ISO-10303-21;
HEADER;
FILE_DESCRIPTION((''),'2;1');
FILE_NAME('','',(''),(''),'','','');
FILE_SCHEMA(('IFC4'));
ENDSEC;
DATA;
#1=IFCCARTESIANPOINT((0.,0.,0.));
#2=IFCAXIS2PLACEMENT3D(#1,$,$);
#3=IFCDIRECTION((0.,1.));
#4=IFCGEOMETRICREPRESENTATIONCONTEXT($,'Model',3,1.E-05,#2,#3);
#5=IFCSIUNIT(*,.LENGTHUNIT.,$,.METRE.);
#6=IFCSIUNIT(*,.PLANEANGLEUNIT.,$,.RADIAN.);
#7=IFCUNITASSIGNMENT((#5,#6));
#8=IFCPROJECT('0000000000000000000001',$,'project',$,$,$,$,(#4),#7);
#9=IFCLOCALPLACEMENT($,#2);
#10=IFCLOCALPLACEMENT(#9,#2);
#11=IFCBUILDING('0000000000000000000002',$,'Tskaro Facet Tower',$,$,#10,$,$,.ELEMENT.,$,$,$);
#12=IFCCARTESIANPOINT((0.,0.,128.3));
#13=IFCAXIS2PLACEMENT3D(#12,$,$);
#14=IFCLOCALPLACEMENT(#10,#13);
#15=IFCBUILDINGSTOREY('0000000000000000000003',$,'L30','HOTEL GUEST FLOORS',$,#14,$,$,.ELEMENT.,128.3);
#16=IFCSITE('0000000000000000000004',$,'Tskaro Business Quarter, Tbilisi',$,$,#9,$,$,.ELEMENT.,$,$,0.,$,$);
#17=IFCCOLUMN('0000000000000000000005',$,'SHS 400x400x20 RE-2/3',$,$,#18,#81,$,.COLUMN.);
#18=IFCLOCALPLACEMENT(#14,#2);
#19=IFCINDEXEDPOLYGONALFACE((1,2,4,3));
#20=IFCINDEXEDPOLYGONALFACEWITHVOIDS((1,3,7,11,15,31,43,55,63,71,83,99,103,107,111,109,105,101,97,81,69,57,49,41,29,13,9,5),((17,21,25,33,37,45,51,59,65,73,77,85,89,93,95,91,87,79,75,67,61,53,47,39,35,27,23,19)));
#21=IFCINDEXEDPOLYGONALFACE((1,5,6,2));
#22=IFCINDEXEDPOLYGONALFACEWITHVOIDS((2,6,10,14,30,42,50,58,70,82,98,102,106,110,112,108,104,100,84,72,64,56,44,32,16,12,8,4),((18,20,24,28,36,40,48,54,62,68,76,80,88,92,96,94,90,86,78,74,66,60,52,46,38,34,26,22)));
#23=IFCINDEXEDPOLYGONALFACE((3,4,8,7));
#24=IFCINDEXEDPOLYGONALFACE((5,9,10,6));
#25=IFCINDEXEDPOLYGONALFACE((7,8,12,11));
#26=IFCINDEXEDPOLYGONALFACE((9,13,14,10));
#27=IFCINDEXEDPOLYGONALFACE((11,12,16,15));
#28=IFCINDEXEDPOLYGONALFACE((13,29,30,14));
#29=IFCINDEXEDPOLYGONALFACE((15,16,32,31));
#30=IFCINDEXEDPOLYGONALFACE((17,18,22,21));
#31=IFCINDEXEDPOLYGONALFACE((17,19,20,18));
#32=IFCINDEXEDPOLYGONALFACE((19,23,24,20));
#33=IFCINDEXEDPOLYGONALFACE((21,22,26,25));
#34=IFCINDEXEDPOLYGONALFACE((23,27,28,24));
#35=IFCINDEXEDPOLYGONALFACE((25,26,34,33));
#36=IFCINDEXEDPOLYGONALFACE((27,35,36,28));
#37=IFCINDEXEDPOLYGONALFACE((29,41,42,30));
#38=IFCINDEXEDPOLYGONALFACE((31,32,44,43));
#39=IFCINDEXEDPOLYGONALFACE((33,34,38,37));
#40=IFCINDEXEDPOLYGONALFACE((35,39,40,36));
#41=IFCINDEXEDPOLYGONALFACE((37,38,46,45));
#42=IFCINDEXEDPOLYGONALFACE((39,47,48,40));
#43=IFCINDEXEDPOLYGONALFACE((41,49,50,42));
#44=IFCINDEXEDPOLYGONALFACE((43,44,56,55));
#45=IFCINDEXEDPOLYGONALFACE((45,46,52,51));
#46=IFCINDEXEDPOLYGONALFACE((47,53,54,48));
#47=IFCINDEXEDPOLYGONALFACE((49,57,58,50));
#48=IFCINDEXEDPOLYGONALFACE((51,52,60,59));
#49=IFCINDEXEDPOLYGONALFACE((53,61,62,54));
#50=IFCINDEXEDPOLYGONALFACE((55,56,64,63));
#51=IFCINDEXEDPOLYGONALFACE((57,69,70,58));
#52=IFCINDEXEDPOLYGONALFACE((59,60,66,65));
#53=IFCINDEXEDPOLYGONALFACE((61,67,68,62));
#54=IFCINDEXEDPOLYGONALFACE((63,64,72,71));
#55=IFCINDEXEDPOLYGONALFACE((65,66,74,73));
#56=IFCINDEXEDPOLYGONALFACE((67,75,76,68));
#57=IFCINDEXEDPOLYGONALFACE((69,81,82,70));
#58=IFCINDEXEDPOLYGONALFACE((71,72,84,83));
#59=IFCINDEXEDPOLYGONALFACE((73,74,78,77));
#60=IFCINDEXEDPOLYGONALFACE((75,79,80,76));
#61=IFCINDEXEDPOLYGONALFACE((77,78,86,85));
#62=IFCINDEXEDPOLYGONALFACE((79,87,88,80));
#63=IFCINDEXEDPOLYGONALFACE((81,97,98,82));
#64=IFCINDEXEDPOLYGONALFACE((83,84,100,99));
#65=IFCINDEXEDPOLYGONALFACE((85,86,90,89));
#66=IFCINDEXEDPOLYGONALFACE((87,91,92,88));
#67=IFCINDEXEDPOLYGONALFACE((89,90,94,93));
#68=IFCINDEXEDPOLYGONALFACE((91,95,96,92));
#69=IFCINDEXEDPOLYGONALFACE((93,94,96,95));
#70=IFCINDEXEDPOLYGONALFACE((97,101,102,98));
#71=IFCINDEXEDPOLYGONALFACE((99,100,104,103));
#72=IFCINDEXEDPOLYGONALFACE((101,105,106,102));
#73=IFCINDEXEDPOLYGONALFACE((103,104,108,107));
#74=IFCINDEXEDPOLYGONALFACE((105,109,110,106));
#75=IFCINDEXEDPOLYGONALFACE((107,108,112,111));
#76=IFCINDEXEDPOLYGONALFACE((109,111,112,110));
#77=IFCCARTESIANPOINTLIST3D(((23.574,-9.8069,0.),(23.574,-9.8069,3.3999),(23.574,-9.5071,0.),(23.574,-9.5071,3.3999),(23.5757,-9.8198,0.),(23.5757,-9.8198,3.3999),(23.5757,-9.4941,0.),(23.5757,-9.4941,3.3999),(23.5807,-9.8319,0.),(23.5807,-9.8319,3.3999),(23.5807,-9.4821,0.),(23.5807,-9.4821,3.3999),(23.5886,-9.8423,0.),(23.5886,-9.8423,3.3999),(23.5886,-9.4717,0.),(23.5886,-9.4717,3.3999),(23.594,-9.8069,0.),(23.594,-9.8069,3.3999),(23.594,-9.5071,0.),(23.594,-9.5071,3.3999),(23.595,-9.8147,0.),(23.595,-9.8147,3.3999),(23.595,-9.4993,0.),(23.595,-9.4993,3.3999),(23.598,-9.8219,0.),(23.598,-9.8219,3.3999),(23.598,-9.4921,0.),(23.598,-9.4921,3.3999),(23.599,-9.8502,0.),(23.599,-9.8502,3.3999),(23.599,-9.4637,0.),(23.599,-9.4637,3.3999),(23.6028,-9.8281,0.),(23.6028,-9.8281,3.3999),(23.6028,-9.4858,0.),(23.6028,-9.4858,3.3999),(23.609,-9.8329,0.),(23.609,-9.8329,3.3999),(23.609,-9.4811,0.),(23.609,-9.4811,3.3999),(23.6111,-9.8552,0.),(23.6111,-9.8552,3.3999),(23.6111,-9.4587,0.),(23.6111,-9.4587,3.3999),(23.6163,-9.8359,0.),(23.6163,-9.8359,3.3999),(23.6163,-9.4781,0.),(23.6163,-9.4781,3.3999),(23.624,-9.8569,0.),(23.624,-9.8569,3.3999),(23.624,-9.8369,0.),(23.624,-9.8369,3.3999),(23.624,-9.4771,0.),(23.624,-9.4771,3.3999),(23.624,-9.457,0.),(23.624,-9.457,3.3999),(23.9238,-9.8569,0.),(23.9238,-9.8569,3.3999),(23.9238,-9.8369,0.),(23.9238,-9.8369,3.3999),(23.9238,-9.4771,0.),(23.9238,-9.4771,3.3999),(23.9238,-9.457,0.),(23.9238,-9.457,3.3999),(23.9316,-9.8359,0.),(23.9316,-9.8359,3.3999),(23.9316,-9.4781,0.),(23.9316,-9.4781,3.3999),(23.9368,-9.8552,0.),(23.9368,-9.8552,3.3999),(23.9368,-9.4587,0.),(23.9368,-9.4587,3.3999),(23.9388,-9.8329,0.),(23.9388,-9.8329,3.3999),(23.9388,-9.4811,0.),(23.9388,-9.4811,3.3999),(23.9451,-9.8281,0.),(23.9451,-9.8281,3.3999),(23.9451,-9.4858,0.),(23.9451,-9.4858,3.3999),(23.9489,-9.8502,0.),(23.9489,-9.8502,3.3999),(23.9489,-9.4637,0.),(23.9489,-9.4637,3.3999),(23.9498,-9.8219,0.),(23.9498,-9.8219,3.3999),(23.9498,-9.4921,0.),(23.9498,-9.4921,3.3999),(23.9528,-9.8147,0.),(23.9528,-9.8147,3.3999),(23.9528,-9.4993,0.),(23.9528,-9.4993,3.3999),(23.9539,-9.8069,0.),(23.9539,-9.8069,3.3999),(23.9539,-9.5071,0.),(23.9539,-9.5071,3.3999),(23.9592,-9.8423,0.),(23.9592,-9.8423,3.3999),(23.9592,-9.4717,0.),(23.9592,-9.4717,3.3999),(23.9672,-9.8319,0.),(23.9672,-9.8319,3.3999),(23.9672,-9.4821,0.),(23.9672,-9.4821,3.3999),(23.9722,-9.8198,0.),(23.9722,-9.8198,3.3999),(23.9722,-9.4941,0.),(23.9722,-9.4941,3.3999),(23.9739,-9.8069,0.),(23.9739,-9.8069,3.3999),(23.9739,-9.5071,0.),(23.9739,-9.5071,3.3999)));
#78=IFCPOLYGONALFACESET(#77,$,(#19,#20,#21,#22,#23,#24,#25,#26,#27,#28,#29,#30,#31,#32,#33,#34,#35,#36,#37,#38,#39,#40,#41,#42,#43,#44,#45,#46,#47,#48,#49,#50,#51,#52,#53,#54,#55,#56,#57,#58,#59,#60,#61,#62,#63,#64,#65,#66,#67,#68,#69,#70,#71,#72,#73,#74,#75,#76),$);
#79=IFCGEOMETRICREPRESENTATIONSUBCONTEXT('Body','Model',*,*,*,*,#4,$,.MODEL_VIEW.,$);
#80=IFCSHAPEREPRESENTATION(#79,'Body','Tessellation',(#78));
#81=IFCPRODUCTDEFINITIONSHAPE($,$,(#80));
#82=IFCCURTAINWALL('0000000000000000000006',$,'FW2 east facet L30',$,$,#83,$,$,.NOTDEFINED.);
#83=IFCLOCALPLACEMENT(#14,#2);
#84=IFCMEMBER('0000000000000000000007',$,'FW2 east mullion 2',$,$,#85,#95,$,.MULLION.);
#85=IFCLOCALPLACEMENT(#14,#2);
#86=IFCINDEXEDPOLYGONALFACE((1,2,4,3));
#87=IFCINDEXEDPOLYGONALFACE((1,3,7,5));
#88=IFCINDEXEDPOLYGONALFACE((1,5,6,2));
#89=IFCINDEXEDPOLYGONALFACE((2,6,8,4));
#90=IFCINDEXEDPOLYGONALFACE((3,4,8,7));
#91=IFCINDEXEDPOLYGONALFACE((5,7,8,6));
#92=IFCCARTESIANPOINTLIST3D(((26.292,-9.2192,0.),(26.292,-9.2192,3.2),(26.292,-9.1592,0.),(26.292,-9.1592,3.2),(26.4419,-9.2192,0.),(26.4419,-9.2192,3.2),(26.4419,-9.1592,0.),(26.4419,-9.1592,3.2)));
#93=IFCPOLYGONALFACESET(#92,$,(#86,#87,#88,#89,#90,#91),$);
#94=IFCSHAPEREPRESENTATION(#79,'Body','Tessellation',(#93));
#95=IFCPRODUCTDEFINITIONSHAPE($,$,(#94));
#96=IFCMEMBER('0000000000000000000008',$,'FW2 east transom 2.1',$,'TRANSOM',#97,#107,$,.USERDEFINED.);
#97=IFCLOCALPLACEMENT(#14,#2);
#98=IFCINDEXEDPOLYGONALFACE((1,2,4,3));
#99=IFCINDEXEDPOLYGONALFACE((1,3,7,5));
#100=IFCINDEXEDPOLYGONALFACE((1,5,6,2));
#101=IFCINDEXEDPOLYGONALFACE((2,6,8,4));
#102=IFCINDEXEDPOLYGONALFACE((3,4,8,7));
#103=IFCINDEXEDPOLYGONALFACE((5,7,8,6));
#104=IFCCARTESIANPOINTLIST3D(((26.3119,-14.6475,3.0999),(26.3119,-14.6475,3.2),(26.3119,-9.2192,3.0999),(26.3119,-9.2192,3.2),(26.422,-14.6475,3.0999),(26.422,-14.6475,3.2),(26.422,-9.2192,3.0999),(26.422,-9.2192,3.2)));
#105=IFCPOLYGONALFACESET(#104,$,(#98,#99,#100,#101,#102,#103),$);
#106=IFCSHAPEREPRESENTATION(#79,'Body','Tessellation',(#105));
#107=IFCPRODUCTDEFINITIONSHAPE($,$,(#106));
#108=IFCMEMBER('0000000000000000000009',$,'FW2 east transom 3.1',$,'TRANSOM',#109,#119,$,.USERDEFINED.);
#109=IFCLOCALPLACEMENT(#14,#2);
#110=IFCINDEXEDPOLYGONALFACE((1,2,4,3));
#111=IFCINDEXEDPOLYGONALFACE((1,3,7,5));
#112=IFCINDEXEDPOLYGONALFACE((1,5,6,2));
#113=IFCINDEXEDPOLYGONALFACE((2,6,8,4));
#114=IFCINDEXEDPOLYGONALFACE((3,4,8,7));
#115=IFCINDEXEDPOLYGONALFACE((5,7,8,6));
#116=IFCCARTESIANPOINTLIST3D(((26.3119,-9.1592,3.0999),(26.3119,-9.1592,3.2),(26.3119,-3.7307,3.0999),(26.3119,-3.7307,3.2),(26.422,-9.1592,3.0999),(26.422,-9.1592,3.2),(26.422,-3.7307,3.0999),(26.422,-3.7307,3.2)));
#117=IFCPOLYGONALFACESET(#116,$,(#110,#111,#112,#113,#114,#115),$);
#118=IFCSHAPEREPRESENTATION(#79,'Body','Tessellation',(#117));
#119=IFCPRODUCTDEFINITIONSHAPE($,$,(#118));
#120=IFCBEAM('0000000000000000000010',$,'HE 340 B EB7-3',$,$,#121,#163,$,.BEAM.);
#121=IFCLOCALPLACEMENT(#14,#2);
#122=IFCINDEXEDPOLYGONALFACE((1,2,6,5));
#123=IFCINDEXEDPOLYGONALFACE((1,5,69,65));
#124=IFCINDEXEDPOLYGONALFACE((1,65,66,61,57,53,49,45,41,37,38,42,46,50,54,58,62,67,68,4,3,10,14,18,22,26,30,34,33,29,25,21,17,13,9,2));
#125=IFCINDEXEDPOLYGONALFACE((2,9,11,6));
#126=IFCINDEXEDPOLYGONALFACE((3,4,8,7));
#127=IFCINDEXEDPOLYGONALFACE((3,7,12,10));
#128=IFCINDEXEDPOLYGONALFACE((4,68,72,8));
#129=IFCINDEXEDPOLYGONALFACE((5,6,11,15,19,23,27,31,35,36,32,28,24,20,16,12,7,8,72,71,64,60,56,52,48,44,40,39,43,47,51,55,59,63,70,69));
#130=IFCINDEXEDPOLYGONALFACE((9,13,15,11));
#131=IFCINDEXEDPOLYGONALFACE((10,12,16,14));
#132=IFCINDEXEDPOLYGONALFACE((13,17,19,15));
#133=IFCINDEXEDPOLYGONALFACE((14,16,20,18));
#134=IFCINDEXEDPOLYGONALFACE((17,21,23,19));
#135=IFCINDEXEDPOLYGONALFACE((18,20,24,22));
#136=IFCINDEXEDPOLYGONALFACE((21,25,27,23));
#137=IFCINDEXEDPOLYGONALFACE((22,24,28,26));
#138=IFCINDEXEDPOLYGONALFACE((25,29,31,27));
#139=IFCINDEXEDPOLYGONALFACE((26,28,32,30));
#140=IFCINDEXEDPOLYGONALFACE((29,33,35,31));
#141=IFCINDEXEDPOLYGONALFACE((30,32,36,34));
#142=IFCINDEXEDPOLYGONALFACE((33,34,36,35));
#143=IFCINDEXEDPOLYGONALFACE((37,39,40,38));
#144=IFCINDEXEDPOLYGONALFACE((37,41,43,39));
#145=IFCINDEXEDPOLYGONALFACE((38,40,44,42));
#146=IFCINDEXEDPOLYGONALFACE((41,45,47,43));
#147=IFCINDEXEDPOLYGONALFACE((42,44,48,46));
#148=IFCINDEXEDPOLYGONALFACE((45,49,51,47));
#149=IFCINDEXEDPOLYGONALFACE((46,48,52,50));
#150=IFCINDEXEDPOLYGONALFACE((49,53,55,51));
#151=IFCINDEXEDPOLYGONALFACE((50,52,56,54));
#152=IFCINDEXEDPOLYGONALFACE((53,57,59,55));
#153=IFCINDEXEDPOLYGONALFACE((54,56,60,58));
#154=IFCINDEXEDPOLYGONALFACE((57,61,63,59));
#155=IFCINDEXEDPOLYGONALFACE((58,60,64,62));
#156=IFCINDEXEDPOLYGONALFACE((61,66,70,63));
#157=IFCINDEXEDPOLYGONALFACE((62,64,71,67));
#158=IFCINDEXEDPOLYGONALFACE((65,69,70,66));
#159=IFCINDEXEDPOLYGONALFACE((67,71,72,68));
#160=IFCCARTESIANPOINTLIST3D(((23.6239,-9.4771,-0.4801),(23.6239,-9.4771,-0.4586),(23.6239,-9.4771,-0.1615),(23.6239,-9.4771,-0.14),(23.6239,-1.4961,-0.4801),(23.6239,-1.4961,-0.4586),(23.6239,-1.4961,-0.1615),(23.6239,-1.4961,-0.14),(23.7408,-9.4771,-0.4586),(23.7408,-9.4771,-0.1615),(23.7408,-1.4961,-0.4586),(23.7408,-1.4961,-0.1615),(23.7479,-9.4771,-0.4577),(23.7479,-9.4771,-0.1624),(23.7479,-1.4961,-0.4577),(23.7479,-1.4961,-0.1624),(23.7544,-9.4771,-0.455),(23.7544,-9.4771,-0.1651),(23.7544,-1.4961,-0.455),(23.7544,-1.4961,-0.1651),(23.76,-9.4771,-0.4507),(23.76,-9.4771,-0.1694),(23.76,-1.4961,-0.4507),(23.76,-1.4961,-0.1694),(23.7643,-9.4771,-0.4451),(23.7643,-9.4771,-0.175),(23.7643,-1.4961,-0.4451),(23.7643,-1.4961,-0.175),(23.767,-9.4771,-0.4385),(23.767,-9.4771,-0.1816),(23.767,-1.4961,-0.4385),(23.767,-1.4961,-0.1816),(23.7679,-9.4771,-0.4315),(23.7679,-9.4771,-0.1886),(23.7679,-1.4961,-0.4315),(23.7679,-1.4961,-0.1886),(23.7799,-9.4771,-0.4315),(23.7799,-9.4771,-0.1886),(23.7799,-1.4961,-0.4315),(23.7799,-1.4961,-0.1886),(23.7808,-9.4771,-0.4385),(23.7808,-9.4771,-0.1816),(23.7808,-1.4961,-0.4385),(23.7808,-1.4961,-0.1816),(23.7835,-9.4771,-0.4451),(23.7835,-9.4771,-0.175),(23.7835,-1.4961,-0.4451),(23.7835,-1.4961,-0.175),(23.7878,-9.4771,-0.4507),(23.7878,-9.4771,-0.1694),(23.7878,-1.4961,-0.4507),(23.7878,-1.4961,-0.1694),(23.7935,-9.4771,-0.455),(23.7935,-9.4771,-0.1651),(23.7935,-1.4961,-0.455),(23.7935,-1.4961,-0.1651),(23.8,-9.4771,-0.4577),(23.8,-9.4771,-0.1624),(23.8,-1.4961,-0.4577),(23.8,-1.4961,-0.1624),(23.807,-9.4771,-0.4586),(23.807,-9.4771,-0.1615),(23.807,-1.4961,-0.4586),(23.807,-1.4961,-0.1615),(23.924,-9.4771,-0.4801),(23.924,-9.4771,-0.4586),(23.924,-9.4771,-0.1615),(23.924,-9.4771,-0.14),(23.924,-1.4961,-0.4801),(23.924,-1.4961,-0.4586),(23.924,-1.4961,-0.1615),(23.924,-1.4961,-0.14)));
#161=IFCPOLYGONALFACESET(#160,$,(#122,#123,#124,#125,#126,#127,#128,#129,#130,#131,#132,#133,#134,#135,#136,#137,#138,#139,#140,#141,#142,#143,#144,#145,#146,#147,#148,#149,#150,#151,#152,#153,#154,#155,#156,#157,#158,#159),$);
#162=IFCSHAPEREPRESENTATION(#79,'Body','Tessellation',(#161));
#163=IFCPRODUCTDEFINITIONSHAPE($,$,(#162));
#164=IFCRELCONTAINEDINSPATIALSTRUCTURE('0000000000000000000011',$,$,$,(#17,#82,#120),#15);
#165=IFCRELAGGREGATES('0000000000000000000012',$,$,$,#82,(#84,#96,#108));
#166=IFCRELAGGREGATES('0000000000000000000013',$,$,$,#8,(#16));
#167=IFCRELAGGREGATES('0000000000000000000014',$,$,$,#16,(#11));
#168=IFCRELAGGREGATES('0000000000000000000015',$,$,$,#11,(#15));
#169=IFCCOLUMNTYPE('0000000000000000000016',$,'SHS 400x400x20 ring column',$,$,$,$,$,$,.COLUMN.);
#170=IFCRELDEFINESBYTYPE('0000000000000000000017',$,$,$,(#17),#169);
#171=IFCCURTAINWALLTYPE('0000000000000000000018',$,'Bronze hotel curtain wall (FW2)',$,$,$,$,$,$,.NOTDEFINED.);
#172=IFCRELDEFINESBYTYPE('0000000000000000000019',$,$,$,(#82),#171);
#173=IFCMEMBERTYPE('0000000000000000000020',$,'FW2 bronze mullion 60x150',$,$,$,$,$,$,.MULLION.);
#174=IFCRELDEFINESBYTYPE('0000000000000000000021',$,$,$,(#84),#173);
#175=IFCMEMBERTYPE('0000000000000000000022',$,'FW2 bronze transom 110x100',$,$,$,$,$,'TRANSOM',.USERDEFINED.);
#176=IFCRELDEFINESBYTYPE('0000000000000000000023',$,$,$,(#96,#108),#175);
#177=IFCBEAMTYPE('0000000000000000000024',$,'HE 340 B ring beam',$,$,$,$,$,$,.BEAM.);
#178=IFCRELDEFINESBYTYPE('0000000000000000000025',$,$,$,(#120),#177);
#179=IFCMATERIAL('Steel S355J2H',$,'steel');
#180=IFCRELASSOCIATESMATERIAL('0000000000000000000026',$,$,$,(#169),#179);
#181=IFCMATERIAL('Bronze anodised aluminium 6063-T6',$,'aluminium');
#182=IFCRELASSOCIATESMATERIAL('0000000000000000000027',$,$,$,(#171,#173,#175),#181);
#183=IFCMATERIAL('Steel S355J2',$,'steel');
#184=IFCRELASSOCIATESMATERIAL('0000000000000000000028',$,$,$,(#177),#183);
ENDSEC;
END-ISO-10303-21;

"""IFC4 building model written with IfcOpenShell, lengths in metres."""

from ifc_helpers import new_model, si_unit, direction, frame, origin, origin_2d, place, context, subcontext, project, spatial, rectangle, hollow_rectangle, i_section, extrude, material, material_profile, profile_set, type_object, element, aggregate, save


model = new_model("IFC4")

# Units and contexts
model_context = context("Model", 3, precision=1e-05, world=origin(), true_north=direction((0.0, 1.0)))
body_context = subcontext(model_context, "Body", "Model", "MODEL_VIEW")
ifc_project = project(units=[si_unit("LENGTHUNIT", "METRE"), si_unit("PLANEANGLEUNIT", "RADIAN")], contexts=[model_context])

# Site, building, storey
site_placement = place(None, origin())
site = spatial("IfcSite", under=ifc_project, at=site_placement, Name="Tskaro Business Quarter, Tbilisi", CompositionType="ELEMENT", RefElevation=0.0)
building_placement = place(site_placement, origin())
building = spatial("IfcBuilding", under=site, at=building_placement, Name="Tskaro Facet Tower", CompositionType="ELEMENT")
storey_placement = place(building_placement, frame((0.0, 0.0, 128.3)))
storey = spatial("IfcBuildingStorey", under=building, at=storey_placement, Name="L30", Description="HOTEL GUEST FLOORS", CompositionType="ELEMENT", Elevation=128.3)

# Column
ifc_material_1 = material(Name="Steel S355J2H", Category="steel")
ifc_material_profile_1 = material_profile(ifc_material_1, hollow_rectangle(XDim=0.3999, YDim=0.3999, WallThickness=0.02, InnerFilletRadius=0.03, OuterFilletRadius=0.05, at=origin_2d()), Name="SHS 400x400x20")
ifc_profile_set_1 = profile_set([ifc_material_profile_1], Name="Steel S355J2H")
column_type = type_object("IfcColumnType", Name="SHS 400x400x20 ring column", PredefinedType="COLUMN", material=ifc_profile_set_1)
column_placement = place(storey_placement, frame((23.7739, -9.657, 0.0), z_axis=(0.0, 0.0, 1.0), x_axis=(1.0, 0.0, 0.0)))
element("IfcColumn", 1, at=column_placement, inside=storey, type_object=column_type, Name="SHS 400x400x20 RE-2/3", PredefinedType="COLUMN", context=body_context, shape_type="SweptSolid", body=[
    extrude(hollow_rectangle(XDim=0.3999, YDim=0.3999, WallThickness=0.02, InnerFilletRadius=0.03, OuterFilletRadius=0.05, at=origin_2d()), origin(), (0.0, 0.0, 1.0), 3.3999),
])

# Curtain wall, members
ifc_material_2 = material(Name="Bronze anodised aluminium 6063-T6", Category="aluminium")
curtain_wall_type = type_object("IfcCurtainWallType", Name="Bronze hotel curtain wall (FW2)", PredefinedType="NOTDEFINED", material=ifc_material_2)
curtain_wall_placement = place(storey_placement, origin())
curtain_wall = element("IfcCurtainWall", 2, at=curtain_wall_placement, inside=storey, type_object=curtain_wall_type, Name="FW2 east facet L30", PredefinedType="NOTDEFINED")
ifc_material_profile_2 = material_profile(ifc_material_2, rectangle(XDim=0.0601, YDim=0.1499, at=origin_2d()), Name="Mullion 60x150")
ifc_profile_set_2 = profile_set([ifc_material_profile_2], Name="Bronze anodised aluminium 6063-T6")
member_type_1 = type_object("IfcMemberType", Name="FW2 bronze mullion 60x150", PredefinedType="MULLION", material=ifc_profile_set_2)
member_1_placement = place(storey_placement, frame((26.3669, -9.1892, 0.0), z_axis=(0.0, 0.0, 1.0), x_axis=(0.0, 1.0, 0.0)))
member_1 = element("IfcMember", 3, at=member_1_placement, type_object=member_type_1, Name="FW2 east mullion 2", PredefinedType="MULLION", context=body_context, shape_type="SweptSolid", body=[
    extrude(rectangle(XDim=0.0601, YDim=0.1499, at=origin_2d()), origin(), (0.0, 0.0, 1.0), 3.2),
])
ifc_material_profile_3 = material_profile(ifc_material_2, rectangle(XDim=0.1101, YDim=0.1001, at=origin_2d()), Name="Transom 110x100")
ifc_profile_set_3 = profile_set([ifc_material_profile_3], Name="Bronze anodised aluminium 6063-T6")
member_type_2 = type_object("IfcMemberType", Name="FW2 bronze transom 110x100", ElementType="TRANSOM", PredefinedType="USERDEFINED", material=ifc_profile_set_3)
member_2_placement = place(storey_placement, frame((26.3669, -14.6475, 3.1499), z_axis=(0.0, 1.0, 0.0), x_axis=(-1.0, 0.0, 0.0)))
member_2 = element("IfcMember", 4, at=member_2_placement, type_object=member_type_2, Name="FW2 east transom 2.1", ObjectType="TRANSOM", PredefinedType="USERDEFINED", context=body_context, shape_type="SweptSolid", body=[
    extrude(rectangle(XDim=0.1101, YDim=0.1001, at=origin_2d()), origin(), (0.0, 0.0, 1.0), 5.4282),
])
member_3_placement = place(storey_placement, frame((26.3669, -9.1592, 3.1499), z_axis=(0.0, 1.0, 0.0), x_axis=(-1.0, 0.0, 0.0)))
member_3 = element("IfcMember", 5, at=member_3_placement, type_object=member_type_2, Name="FW2 east transom 3.1", ObjectType="TRANSOM", PredefinedType="USERDEFINED", context=body_context, shape_type="SweptSolid", body=[
    extrude(rectangle(XDim=0.1101, YDim=0.1001, at=origin_2d()), origin(), (0.0, 0.0, 1.0), 5.4285),
])

# Beam
ifc_material_3 = material(Name="Steel S355J2", Category="steel")
ifc_material_profile_4 = material_profile(ifc_material_3, i_section(OverallWidth=0.3, OverallDepth=0.3401, WebThickness=0.012, FlangeThickness=0.0215, FilletRadius=0.0271, at=origin_2d()), Name="HE 340 B")
ifc_profile_set_4 = profile_set([ifc_material_profile_4], Name="Steel S355J2")
beam_type_1 = type_object("IfcBeamType", Name="HE 340 B ring beam", PredefinedType="BEAM", material=ifc_profile_set_4)
beam_1_placement = place(storey_placement, frame((23.7739, -9.4771, -0.3101), z_axis=(0.0, 1.0, 0.0), x_axis=(-1.0, 0.0, 0.0)))
element("IfcBeam", 6, at=beam_1_placement, inside=storey, type_object=beam_type_1, Name="HE 340 B EB7-3", PredefinedType="BEAM", context=body_context, shape_type="SweptSolid", body=[
    extrude(i_section(OverallWidth=0.3, OverallDepth=0.3401, WebThickness=0.012, FlangeThickness=0.0215, FilletRadius=0.0271, at=origin_2d()), origin(), (0.0, 0.0, 1.0), 7.981),
])

aggregate(curtain_wall, [member_1, member_2, member_3])

save(model, "model.ifc")
